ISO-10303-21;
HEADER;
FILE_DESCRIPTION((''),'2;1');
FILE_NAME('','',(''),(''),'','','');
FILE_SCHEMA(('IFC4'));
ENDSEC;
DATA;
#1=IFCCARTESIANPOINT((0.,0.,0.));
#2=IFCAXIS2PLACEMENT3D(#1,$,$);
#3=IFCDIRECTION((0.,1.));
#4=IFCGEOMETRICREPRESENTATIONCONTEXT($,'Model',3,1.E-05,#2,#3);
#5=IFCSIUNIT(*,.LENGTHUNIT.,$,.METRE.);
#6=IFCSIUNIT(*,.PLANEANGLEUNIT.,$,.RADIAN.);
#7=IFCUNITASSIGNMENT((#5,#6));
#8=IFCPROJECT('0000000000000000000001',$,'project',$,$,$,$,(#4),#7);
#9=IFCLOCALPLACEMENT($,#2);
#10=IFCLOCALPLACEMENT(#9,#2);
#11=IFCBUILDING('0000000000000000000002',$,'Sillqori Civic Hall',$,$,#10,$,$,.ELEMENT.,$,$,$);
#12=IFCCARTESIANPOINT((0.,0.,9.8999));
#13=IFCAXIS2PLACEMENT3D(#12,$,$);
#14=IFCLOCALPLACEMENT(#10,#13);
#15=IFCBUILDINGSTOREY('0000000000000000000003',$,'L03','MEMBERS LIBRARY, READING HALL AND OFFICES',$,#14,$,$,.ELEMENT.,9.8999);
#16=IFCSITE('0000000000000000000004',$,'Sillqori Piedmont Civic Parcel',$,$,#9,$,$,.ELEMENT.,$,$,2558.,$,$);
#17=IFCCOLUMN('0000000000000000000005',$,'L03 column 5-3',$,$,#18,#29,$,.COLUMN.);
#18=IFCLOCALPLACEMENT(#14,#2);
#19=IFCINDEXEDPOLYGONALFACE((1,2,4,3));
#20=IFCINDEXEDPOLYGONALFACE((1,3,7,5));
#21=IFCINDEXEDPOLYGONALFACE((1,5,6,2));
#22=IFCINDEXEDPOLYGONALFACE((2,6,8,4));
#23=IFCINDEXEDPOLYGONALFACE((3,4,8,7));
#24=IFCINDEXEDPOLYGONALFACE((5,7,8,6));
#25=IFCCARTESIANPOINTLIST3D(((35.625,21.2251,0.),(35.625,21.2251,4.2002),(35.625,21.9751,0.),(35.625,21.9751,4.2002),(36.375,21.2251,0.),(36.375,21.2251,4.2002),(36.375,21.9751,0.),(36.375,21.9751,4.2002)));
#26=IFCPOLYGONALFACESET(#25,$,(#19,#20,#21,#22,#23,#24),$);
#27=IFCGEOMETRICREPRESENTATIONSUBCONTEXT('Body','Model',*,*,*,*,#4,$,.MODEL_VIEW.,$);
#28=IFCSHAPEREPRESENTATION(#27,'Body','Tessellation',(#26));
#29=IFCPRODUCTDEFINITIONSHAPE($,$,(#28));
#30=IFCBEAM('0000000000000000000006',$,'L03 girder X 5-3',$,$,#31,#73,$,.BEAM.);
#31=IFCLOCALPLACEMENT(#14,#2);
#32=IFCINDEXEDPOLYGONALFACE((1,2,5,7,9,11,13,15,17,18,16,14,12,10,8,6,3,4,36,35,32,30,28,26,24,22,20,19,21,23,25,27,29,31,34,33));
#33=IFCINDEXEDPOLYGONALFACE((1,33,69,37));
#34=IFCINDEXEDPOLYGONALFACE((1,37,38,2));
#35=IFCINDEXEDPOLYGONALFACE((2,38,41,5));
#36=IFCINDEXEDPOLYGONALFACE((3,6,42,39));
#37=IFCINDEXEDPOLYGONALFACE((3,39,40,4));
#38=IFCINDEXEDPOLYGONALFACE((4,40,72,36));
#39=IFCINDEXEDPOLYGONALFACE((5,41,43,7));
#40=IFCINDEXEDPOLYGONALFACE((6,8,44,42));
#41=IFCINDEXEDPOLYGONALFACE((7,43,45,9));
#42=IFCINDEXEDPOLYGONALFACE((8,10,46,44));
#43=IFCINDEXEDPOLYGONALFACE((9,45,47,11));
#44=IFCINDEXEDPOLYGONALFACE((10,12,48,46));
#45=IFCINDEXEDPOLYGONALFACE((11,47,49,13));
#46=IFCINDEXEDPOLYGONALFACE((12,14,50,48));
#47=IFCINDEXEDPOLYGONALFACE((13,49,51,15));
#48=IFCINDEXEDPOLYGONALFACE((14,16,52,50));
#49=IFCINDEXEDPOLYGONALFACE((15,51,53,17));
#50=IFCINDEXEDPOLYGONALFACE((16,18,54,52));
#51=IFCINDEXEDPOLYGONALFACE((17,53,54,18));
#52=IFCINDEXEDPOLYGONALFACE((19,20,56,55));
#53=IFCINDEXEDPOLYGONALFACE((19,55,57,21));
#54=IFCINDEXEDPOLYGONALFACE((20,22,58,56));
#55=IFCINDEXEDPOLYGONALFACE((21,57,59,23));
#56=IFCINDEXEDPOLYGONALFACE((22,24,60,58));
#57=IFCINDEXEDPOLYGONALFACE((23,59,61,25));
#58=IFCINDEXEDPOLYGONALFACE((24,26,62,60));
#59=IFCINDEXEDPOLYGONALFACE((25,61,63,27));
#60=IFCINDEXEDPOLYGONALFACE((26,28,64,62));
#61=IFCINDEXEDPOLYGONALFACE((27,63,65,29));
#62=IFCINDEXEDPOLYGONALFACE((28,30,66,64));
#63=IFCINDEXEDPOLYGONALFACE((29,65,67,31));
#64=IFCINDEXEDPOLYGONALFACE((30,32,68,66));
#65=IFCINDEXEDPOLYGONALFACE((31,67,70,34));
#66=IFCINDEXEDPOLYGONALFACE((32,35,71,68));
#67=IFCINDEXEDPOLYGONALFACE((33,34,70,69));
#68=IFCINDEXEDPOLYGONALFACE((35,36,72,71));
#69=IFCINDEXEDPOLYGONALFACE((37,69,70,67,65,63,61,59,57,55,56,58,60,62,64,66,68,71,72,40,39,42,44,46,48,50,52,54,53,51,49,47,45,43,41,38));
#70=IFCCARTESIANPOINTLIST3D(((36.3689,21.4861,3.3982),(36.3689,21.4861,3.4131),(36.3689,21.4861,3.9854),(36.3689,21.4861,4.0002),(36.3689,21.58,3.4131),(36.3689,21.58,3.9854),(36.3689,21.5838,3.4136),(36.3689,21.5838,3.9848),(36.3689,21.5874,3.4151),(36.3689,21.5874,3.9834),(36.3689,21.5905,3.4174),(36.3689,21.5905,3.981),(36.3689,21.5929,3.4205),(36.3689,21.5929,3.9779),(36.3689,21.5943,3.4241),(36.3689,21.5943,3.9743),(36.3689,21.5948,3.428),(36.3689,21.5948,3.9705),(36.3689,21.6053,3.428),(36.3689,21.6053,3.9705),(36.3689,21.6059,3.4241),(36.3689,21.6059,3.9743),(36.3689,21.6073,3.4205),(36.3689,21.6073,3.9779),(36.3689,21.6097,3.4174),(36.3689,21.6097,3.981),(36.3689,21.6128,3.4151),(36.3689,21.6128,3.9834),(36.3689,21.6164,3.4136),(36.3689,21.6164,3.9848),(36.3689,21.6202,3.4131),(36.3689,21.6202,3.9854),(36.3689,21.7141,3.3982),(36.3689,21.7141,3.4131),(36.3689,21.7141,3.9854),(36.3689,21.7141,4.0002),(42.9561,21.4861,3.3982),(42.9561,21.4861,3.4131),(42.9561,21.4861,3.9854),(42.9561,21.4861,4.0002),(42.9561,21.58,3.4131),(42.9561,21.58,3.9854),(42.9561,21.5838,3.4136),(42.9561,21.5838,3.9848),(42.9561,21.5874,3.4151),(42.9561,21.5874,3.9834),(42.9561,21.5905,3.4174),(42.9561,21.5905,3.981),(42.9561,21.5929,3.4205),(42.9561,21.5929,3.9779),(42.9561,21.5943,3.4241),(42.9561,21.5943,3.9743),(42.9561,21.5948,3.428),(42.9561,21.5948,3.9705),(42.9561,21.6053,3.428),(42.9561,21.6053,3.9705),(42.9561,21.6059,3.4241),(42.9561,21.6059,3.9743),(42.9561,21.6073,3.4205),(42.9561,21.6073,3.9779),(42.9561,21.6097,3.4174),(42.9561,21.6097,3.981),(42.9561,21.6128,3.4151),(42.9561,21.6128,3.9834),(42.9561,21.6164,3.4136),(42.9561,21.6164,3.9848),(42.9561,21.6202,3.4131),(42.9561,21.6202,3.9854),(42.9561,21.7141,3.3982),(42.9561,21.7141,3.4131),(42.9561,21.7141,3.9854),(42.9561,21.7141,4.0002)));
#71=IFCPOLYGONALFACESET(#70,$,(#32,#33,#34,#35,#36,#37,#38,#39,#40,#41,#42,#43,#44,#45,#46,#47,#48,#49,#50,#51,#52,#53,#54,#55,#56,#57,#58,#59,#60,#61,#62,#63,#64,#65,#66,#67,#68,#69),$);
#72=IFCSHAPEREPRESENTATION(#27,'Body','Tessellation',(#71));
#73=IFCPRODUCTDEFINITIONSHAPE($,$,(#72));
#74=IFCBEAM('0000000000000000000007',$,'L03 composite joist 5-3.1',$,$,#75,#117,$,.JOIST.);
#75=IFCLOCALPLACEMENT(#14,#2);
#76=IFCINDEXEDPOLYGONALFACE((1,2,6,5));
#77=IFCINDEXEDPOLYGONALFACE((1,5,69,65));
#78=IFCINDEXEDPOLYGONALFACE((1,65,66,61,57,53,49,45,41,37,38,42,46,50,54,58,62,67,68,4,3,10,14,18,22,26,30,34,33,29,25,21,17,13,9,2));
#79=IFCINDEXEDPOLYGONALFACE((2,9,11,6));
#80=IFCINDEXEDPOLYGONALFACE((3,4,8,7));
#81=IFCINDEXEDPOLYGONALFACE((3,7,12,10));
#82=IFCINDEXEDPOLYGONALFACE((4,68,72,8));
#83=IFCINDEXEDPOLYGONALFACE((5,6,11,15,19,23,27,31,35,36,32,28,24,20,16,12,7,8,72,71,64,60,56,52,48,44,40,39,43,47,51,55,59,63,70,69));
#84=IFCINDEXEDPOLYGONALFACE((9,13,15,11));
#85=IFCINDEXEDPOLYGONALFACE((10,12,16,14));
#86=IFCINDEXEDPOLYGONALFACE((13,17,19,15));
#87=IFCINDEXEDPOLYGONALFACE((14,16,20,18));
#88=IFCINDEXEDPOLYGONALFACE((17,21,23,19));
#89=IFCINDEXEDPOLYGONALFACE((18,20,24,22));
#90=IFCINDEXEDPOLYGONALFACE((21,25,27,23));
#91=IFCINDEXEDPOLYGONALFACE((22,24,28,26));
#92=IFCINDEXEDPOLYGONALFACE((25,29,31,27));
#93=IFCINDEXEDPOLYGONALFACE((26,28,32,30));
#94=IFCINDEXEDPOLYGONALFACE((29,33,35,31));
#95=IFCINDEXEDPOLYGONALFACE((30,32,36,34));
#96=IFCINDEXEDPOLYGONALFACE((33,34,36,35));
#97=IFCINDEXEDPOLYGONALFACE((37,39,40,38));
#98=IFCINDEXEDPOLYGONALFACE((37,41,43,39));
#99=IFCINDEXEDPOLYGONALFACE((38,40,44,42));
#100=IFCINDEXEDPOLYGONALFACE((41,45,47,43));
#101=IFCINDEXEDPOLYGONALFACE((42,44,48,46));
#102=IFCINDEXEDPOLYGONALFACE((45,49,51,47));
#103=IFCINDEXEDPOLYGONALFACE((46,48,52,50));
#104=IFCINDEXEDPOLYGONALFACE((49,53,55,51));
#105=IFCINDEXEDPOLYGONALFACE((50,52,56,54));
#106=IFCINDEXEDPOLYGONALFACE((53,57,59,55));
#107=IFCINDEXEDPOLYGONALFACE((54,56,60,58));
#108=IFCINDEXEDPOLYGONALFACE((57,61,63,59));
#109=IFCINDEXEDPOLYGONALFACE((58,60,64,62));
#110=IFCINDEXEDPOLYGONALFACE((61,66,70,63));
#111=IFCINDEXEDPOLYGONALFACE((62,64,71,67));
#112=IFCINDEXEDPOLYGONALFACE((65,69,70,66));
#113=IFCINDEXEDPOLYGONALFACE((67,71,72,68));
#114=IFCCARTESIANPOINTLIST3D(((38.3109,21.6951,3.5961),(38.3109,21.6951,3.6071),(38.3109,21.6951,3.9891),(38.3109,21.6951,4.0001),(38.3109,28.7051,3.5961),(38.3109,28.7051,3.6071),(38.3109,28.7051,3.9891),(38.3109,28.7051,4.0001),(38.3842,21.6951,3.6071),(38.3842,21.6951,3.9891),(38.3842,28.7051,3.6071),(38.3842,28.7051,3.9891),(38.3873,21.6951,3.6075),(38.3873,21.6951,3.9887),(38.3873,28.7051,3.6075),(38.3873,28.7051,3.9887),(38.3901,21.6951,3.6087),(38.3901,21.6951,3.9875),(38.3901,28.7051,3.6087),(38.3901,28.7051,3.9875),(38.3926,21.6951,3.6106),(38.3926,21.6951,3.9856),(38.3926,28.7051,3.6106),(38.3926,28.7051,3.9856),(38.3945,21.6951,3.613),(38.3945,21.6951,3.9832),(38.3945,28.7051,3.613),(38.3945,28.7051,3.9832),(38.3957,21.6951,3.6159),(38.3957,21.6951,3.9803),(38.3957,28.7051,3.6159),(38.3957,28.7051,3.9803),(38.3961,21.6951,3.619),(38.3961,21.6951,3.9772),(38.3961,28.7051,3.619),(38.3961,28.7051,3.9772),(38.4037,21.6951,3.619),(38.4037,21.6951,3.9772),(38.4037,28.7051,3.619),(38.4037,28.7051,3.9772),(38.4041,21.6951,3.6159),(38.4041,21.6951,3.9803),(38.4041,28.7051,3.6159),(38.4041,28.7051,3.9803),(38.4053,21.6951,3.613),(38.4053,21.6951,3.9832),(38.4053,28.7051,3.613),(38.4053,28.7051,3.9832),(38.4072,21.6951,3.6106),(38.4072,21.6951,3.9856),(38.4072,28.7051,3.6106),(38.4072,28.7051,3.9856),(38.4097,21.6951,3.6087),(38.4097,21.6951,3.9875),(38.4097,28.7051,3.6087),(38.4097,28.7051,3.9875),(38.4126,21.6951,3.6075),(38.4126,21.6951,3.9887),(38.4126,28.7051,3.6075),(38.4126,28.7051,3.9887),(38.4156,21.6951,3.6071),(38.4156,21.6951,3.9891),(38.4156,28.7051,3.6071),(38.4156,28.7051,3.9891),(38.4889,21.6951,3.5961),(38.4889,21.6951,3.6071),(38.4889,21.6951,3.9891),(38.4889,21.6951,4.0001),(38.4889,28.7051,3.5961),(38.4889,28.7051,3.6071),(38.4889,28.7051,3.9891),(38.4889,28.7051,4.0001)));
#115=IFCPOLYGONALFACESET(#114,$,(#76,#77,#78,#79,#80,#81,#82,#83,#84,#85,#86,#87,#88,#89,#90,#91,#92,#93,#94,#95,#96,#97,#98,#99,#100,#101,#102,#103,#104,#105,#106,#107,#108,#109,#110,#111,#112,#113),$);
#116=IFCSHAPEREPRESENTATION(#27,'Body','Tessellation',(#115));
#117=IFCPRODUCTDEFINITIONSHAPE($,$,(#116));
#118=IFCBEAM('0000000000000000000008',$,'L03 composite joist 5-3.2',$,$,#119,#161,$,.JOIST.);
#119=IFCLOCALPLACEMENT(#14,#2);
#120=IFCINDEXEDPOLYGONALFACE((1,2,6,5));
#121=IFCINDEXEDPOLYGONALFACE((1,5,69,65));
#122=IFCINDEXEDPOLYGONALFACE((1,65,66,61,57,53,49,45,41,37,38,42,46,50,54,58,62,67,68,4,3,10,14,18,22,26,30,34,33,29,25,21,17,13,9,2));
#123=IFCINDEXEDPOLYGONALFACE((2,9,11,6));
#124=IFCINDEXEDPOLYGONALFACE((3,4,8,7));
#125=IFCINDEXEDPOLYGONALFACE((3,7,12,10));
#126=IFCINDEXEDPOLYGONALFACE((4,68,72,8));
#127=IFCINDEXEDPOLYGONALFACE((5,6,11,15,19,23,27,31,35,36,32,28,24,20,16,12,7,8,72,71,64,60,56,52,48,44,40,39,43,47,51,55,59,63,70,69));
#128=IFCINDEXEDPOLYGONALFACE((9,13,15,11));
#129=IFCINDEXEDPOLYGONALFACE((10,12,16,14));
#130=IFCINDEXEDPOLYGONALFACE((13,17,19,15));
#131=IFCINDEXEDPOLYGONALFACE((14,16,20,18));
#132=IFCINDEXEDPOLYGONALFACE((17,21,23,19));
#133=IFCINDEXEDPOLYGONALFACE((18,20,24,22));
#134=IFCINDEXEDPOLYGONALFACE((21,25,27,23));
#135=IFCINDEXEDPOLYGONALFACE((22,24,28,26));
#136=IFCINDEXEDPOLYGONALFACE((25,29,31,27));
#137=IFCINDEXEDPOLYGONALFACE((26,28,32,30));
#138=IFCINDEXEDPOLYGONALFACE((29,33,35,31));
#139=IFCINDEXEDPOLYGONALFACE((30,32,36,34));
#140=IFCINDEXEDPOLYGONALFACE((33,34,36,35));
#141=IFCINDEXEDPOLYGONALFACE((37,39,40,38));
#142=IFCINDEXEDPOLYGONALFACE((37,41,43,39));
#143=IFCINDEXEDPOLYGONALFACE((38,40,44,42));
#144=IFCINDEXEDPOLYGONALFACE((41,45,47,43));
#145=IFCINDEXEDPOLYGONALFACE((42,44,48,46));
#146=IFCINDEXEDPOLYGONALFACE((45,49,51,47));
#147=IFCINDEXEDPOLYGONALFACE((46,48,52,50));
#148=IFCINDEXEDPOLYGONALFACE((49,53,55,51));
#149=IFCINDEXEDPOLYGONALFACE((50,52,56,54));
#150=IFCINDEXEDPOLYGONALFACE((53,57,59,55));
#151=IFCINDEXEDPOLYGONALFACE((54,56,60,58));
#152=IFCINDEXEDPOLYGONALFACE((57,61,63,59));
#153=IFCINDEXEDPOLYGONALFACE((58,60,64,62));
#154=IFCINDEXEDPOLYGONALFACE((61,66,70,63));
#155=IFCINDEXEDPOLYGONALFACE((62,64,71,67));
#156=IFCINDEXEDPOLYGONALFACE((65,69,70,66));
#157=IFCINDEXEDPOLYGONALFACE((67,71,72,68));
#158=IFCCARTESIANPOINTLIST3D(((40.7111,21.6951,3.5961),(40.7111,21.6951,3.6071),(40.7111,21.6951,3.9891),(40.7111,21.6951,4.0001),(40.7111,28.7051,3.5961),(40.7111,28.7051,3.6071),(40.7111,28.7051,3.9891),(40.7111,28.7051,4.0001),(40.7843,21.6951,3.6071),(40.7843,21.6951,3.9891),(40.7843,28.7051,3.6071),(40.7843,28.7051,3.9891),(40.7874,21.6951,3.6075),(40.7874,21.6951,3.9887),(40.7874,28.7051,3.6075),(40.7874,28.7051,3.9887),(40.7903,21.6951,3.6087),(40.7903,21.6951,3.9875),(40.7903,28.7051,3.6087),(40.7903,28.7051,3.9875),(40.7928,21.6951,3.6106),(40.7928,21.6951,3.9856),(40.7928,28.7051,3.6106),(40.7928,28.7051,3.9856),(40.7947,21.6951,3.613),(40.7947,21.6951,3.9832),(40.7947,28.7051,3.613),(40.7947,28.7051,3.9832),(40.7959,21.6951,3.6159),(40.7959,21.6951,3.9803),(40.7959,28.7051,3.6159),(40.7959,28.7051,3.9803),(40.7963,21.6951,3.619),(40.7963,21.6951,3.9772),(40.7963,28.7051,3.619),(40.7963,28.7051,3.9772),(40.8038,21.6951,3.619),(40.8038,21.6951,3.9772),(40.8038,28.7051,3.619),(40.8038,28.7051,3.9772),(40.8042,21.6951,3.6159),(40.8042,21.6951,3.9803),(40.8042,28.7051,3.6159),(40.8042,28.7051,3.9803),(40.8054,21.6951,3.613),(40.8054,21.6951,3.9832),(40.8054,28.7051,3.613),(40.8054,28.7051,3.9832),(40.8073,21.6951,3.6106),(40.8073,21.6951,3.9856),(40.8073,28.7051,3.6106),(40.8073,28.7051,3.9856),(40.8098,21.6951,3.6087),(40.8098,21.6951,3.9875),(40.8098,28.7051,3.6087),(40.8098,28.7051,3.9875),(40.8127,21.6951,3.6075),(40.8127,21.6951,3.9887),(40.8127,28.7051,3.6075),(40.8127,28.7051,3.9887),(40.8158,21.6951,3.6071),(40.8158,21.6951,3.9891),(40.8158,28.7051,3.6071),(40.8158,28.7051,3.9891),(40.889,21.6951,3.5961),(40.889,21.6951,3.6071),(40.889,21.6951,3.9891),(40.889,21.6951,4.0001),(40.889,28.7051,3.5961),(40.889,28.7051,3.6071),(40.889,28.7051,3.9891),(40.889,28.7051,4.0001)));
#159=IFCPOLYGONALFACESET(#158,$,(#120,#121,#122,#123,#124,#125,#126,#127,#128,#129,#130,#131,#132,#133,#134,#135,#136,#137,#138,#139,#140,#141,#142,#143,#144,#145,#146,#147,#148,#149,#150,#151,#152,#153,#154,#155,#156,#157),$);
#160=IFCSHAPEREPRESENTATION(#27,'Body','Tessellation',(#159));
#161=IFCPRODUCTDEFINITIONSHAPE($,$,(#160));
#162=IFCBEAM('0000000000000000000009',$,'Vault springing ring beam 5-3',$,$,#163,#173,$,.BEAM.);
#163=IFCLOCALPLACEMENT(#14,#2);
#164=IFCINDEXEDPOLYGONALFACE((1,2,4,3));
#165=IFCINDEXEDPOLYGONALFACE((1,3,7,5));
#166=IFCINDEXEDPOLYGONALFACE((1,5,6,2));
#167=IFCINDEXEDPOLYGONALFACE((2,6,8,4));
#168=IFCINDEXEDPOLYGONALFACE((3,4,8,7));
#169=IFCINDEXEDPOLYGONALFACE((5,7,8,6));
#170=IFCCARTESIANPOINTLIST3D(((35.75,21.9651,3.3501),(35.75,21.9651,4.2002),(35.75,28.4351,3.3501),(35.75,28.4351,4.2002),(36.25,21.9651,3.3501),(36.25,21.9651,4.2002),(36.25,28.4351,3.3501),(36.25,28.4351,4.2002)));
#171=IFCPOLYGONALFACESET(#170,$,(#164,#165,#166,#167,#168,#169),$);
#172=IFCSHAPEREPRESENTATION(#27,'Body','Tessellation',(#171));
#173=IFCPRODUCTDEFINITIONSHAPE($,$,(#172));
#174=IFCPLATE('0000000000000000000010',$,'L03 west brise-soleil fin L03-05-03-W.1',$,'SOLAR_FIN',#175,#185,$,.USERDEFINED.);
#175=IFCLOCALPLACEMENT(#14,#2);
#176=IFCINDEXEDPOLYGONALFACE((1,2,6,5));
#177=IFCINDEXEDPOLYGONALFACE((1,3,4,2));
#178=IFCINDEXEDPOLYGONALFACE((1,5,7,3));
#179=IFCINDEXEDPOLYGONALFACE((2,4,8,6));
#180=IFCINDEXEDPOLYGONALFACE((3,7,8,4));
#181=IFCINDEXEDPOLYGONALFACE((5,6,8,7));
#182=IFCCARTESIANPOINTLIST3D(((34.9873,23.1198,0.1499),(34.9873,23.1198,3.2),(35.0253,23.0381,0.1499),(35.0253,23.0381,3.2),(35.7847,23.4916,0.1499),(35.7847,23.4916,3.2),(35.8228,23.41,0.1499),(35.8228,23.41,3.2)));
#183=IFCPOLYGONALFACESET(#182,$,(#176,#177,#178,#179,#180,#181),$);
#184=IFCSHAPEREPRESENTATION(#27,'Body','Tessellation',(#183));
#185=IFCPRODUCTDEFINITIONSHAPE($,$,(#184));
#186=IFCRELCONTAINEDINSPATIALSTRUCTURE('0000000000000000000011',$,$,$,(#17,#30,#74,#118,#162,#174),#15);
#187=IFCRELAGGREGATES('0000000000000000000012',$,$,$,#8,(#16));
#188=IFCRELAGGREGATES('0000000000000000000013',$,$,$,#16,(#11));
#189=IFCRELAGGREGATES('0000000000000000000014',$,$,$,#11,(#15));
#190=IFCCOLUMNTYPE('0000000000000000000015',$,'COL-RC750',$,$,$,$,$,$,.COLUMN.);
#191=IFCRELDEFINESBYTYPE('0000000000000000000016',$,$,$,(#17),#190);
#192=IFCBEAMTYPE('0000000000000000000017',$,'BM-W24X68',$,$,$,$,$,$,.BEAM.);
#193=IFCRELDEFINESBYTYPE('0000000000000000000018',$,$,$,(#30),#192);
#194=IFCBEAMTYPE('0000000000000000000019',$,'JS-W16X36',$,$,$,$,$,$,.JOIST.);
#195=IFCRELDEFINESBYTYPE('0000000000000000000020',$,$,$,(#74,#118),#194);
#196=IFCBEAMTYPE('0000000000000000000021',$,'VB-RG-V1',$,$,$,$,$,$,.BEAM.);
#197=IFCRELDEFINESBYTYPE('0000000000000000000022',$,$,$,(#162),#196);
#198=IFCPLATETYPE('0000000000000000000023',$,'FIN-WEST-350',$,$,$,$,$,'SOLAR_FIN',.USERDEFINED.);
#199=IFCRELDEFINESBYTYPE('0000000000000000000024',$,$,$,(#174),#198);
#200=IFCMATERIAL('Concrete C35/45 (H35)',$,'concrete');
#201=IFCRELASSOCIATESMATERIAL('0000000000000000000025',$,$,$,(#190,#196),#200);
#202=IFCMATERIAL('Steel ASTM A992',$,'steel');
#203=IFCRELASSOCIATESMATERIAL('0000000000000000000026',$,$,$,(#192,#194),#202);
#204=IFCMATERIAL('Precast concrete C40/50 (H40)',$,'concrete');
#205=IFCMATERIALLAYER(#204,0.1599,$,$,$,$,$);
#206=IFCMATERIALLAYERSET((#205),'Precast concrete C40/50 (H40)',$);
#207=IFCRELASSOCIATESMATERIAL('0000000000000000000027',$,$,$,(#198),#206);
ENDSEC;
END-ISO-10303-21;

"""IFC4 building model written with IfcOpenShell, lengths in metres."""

from ifc_helpers import new_model, si_unit, direction, frame, origin, origin_2d, place, context, subcontext, project, spatial, rectangle, i_section, extrude, material, layer, layer_set, material_profile, profile_set, type_object, element, save


model = new_model("IFC4")

# Units and contexts
model_context = context("Model", 3, precision=1e-05, world=origin(), true_north=direction((0.0, 1.0)))
body_context = subcontext(model_context, "Body", "Model", "MODEL_VIEW")
ifc_project = project(units=[si_unit("LENGTHUNIT", "METRE"), si_unit("PLANEANGLEUNIT", "RADIAN")], contexts=[model_context])

# Site, building, storey
site_placement = place(None, origin())
site = spatial("IfcSite", under=ifc_project, at=site_placement, Name="Sillqori Piedmont Civic Parcel", CompositionType="ELEMENT", RefElevation=2558.0)
building_placement = place(site_placement, origin())
building = spatial("IfcBuilding", under=site, at=building_placement, Name="Sillqori Civic Hall", CompositionType="ELEMENT")
storey_placement = place(building_placement, frame((0.0, 0.0, 9.8999)))
storey = spatial("IfcBuildingStorey", under=building, at=storey_placement, Name="L03", Description="MEMBERS LIBRARY, READING HALL AND OFFICES", CompositionType="ELEMENT", Elevation=9.8999)

# Column
ifc_material_1 = material(Name="Concrete C35/45 (H35)", Category="concrete")
ifc_material_profile_1 = material_profile(ifc_material_1, rectangle(XDim=0.75, YDim=0.75, at=origin_2d()), Name="RC 750x750")
ifc_profile_set_1 = profile_set([ifc_material_profile_1], Name="Concrete C35/45 (H35)")
column_type = type_object("IfcColumnType", Name="COL-RC750", PredefinedType="COLUMN", material=ifc_profile_set_1)
column_placement = place(storey_placement, frame((36.0, 21.6001, 0.0), z_axis=(0.0, 0.0, 1.0), x_axis=(1.0, 0.0, 0.0)))
element("IfcColumn", 1, at=column_placement, inside=storey, type_object=column_type, Name="L03 column 5-3", PredefinedType="COLUMN", context=body_context, shape_type="SweptSolid", body=[
    extrude(rectangle(XDim=0.75, YDim=0.75, at=origin_2d()), origin(), (0.0, 0.0, 1.0), 4.2002),
])

# Beams
ifc_material_2 = material(Name="Steel ASTM A992", Category="steel")
ifc_material_profile_2 = material_profile(ifc_material_2, i_section(OverallWidth=0.228, OverallDepth=0.6021, WebThickness=0.0105, FlangeThickness=0.0149, FilletRadius=0.0149, at=origin_2d()), Name="W24X68")
ifc_profile_set_2 = profile_set([ifc_material_profile_2], Name="Steel ASTM A992")
beam_type_1 = type_object("IfcBeamType", Name="BM-W24X68", PredefinedType="BEAM", material=ifc_profile_set_2)
beam_1_placement = place(storey_placement, frame((36.3689, 21.6001, 3.6992), z_axis=(1.0, 0.0, 0.0), x_axis=(0.0, 1.0, 0.0)))
element("IfcBeam", 2, at=beam_1_placement, inside=storey, type_object=beam_type_1, Name="L03 girder X 5-3", PredefinedType="BEAM", context=body_context, shape_type="SweptSolid", body=[
    extrude(i_section(OverallWidth=0.228, OverallDepth=0.6021, WebThickness=0.0105, FlangeThickness=0.0149, FilletRadius=0.0149, at=origin_2d()), origin(), (0.0, 0.0, 1.0), 6.5872),
])
ifc_material_profile_3 = material_profile(ifc_material_2, i_section(OverallWidth=0.178, OverallDepth=0.4041, WebThickness=0.0076, FlangeThickness=0.011, FilletRadius=0.012, at=origin_2d()), Name="W16X36")
ifc_profile_set_3 = profile_set([ifc_material_profile_3], Name="Steel ASTM A992")
beam_type_2 = type_object("IfcBeamType", Name="JS-W16X36", PredefinedType="JOIST", material=ifc_profile_set_3)
for number, where, z_axis, x_axis, name in (
    (3, (38.3999, 21.6951, 3.7981), (0.0, 1.0, 0.0), (-1.0, 0.0, 0.0), "L03 composite joist 5-3.1"),
    (4, (40.8, 21.6951, 3.7981), (0.0, 1.0, 0.0), (-1.0, 0.0, 0.0), "L03 composite joist 5-3.2"),
):
    element("IfcBeam", number, at=place(storey_placement, frame(where, z_axis=z_axis, x_axis=x_axis)), inside=storey, type_object=beam_type_2, Name=name, PredefinedType="JOIST", context=body_context, shape_type="SweptSolid", body=[
        extrude(i_section(OverallWidth=0.178, OverallDepth=0.4041, WebThickness=0.0076, FlangeThickness=0.011, FilletRadius=0.012, at=origin_2d()), origin(), (0.0, 0.0, 1.0), 7.01),
    ])
ifc_material_profile_4 = material_profile(ifc_material_1, rectangle(XDim=0.5, YDim=0.8501, at=origin_2d()), Name="RC 500x850")
ifc_profile_set_4 = profile_set([ifc_material_profile_4], Name="Concrete C35/45 (H35)")
beam_type_3 = type_object("IfcBeamType", Name="VB-RG-V1", PredefinedType="BEAM", material=ifc_profile_set_4)
beam_2_placement = place(storey_placement, frame((36.0, 21.9651, 3.7751), z_axis=(0.0, 1.0, 0.0), x_axis=(-1.0, 0.0, 0.0)))
element("IfcBeam", 5, at=beam_2_placement, inside=storey, type_object=beam_type_3, Name="Vault springing ring beam 5-3", PredefinedType="BEAM", context=body_context, shape_type="SweptSolid", body=[
    extrude(rectangle(XDim=0.5, YDim=0.8501, at=origin_2d()), origin(), (0.0, 0.0, 1.0), 6.47),
])

# Plate
ifc_material_3 = material(Name="Precast concrete C40/50 (H40)", Category="concrete")
ifc_layer_1 = layer(ifc_material_3, 0.1599)
ifc_layer_set_1 = layer_set([ifc_layer_1], Name="Precast concrete C40/50 (H40)")
plate_type_1 = type_object("IfcPlateType", Name="FIN-WEST-350", ElementType="SOLAR_FIN", PredefinedType="USERDEFINED", material=ifc_layer_set_1)
plate_placement = place(storey_placement, frame((35.405, 23.2649, 0.1499), z_axis=(0.0, 0.0, 1.0), x_axis=(-0.422618, 0.906308, 0.0)))
element("IfcPlate", 6, at=plate_placement, inside=storey, type_object=plate_type_1, Name="L03 west brise-soleil fin L03-05-03-W.1", ObjectType="SOLAR_FIN", PredefinedType="USERDEFINED", context=body_context, shape_type="SweptSolid", body=[
    extrude(rectangle(XDim=0.0901, YDim=0.8799, at=origin_2d()), origin(), (0.0, 0.0, 1.0), 3.05),
])

save(model, "model.ifc")
